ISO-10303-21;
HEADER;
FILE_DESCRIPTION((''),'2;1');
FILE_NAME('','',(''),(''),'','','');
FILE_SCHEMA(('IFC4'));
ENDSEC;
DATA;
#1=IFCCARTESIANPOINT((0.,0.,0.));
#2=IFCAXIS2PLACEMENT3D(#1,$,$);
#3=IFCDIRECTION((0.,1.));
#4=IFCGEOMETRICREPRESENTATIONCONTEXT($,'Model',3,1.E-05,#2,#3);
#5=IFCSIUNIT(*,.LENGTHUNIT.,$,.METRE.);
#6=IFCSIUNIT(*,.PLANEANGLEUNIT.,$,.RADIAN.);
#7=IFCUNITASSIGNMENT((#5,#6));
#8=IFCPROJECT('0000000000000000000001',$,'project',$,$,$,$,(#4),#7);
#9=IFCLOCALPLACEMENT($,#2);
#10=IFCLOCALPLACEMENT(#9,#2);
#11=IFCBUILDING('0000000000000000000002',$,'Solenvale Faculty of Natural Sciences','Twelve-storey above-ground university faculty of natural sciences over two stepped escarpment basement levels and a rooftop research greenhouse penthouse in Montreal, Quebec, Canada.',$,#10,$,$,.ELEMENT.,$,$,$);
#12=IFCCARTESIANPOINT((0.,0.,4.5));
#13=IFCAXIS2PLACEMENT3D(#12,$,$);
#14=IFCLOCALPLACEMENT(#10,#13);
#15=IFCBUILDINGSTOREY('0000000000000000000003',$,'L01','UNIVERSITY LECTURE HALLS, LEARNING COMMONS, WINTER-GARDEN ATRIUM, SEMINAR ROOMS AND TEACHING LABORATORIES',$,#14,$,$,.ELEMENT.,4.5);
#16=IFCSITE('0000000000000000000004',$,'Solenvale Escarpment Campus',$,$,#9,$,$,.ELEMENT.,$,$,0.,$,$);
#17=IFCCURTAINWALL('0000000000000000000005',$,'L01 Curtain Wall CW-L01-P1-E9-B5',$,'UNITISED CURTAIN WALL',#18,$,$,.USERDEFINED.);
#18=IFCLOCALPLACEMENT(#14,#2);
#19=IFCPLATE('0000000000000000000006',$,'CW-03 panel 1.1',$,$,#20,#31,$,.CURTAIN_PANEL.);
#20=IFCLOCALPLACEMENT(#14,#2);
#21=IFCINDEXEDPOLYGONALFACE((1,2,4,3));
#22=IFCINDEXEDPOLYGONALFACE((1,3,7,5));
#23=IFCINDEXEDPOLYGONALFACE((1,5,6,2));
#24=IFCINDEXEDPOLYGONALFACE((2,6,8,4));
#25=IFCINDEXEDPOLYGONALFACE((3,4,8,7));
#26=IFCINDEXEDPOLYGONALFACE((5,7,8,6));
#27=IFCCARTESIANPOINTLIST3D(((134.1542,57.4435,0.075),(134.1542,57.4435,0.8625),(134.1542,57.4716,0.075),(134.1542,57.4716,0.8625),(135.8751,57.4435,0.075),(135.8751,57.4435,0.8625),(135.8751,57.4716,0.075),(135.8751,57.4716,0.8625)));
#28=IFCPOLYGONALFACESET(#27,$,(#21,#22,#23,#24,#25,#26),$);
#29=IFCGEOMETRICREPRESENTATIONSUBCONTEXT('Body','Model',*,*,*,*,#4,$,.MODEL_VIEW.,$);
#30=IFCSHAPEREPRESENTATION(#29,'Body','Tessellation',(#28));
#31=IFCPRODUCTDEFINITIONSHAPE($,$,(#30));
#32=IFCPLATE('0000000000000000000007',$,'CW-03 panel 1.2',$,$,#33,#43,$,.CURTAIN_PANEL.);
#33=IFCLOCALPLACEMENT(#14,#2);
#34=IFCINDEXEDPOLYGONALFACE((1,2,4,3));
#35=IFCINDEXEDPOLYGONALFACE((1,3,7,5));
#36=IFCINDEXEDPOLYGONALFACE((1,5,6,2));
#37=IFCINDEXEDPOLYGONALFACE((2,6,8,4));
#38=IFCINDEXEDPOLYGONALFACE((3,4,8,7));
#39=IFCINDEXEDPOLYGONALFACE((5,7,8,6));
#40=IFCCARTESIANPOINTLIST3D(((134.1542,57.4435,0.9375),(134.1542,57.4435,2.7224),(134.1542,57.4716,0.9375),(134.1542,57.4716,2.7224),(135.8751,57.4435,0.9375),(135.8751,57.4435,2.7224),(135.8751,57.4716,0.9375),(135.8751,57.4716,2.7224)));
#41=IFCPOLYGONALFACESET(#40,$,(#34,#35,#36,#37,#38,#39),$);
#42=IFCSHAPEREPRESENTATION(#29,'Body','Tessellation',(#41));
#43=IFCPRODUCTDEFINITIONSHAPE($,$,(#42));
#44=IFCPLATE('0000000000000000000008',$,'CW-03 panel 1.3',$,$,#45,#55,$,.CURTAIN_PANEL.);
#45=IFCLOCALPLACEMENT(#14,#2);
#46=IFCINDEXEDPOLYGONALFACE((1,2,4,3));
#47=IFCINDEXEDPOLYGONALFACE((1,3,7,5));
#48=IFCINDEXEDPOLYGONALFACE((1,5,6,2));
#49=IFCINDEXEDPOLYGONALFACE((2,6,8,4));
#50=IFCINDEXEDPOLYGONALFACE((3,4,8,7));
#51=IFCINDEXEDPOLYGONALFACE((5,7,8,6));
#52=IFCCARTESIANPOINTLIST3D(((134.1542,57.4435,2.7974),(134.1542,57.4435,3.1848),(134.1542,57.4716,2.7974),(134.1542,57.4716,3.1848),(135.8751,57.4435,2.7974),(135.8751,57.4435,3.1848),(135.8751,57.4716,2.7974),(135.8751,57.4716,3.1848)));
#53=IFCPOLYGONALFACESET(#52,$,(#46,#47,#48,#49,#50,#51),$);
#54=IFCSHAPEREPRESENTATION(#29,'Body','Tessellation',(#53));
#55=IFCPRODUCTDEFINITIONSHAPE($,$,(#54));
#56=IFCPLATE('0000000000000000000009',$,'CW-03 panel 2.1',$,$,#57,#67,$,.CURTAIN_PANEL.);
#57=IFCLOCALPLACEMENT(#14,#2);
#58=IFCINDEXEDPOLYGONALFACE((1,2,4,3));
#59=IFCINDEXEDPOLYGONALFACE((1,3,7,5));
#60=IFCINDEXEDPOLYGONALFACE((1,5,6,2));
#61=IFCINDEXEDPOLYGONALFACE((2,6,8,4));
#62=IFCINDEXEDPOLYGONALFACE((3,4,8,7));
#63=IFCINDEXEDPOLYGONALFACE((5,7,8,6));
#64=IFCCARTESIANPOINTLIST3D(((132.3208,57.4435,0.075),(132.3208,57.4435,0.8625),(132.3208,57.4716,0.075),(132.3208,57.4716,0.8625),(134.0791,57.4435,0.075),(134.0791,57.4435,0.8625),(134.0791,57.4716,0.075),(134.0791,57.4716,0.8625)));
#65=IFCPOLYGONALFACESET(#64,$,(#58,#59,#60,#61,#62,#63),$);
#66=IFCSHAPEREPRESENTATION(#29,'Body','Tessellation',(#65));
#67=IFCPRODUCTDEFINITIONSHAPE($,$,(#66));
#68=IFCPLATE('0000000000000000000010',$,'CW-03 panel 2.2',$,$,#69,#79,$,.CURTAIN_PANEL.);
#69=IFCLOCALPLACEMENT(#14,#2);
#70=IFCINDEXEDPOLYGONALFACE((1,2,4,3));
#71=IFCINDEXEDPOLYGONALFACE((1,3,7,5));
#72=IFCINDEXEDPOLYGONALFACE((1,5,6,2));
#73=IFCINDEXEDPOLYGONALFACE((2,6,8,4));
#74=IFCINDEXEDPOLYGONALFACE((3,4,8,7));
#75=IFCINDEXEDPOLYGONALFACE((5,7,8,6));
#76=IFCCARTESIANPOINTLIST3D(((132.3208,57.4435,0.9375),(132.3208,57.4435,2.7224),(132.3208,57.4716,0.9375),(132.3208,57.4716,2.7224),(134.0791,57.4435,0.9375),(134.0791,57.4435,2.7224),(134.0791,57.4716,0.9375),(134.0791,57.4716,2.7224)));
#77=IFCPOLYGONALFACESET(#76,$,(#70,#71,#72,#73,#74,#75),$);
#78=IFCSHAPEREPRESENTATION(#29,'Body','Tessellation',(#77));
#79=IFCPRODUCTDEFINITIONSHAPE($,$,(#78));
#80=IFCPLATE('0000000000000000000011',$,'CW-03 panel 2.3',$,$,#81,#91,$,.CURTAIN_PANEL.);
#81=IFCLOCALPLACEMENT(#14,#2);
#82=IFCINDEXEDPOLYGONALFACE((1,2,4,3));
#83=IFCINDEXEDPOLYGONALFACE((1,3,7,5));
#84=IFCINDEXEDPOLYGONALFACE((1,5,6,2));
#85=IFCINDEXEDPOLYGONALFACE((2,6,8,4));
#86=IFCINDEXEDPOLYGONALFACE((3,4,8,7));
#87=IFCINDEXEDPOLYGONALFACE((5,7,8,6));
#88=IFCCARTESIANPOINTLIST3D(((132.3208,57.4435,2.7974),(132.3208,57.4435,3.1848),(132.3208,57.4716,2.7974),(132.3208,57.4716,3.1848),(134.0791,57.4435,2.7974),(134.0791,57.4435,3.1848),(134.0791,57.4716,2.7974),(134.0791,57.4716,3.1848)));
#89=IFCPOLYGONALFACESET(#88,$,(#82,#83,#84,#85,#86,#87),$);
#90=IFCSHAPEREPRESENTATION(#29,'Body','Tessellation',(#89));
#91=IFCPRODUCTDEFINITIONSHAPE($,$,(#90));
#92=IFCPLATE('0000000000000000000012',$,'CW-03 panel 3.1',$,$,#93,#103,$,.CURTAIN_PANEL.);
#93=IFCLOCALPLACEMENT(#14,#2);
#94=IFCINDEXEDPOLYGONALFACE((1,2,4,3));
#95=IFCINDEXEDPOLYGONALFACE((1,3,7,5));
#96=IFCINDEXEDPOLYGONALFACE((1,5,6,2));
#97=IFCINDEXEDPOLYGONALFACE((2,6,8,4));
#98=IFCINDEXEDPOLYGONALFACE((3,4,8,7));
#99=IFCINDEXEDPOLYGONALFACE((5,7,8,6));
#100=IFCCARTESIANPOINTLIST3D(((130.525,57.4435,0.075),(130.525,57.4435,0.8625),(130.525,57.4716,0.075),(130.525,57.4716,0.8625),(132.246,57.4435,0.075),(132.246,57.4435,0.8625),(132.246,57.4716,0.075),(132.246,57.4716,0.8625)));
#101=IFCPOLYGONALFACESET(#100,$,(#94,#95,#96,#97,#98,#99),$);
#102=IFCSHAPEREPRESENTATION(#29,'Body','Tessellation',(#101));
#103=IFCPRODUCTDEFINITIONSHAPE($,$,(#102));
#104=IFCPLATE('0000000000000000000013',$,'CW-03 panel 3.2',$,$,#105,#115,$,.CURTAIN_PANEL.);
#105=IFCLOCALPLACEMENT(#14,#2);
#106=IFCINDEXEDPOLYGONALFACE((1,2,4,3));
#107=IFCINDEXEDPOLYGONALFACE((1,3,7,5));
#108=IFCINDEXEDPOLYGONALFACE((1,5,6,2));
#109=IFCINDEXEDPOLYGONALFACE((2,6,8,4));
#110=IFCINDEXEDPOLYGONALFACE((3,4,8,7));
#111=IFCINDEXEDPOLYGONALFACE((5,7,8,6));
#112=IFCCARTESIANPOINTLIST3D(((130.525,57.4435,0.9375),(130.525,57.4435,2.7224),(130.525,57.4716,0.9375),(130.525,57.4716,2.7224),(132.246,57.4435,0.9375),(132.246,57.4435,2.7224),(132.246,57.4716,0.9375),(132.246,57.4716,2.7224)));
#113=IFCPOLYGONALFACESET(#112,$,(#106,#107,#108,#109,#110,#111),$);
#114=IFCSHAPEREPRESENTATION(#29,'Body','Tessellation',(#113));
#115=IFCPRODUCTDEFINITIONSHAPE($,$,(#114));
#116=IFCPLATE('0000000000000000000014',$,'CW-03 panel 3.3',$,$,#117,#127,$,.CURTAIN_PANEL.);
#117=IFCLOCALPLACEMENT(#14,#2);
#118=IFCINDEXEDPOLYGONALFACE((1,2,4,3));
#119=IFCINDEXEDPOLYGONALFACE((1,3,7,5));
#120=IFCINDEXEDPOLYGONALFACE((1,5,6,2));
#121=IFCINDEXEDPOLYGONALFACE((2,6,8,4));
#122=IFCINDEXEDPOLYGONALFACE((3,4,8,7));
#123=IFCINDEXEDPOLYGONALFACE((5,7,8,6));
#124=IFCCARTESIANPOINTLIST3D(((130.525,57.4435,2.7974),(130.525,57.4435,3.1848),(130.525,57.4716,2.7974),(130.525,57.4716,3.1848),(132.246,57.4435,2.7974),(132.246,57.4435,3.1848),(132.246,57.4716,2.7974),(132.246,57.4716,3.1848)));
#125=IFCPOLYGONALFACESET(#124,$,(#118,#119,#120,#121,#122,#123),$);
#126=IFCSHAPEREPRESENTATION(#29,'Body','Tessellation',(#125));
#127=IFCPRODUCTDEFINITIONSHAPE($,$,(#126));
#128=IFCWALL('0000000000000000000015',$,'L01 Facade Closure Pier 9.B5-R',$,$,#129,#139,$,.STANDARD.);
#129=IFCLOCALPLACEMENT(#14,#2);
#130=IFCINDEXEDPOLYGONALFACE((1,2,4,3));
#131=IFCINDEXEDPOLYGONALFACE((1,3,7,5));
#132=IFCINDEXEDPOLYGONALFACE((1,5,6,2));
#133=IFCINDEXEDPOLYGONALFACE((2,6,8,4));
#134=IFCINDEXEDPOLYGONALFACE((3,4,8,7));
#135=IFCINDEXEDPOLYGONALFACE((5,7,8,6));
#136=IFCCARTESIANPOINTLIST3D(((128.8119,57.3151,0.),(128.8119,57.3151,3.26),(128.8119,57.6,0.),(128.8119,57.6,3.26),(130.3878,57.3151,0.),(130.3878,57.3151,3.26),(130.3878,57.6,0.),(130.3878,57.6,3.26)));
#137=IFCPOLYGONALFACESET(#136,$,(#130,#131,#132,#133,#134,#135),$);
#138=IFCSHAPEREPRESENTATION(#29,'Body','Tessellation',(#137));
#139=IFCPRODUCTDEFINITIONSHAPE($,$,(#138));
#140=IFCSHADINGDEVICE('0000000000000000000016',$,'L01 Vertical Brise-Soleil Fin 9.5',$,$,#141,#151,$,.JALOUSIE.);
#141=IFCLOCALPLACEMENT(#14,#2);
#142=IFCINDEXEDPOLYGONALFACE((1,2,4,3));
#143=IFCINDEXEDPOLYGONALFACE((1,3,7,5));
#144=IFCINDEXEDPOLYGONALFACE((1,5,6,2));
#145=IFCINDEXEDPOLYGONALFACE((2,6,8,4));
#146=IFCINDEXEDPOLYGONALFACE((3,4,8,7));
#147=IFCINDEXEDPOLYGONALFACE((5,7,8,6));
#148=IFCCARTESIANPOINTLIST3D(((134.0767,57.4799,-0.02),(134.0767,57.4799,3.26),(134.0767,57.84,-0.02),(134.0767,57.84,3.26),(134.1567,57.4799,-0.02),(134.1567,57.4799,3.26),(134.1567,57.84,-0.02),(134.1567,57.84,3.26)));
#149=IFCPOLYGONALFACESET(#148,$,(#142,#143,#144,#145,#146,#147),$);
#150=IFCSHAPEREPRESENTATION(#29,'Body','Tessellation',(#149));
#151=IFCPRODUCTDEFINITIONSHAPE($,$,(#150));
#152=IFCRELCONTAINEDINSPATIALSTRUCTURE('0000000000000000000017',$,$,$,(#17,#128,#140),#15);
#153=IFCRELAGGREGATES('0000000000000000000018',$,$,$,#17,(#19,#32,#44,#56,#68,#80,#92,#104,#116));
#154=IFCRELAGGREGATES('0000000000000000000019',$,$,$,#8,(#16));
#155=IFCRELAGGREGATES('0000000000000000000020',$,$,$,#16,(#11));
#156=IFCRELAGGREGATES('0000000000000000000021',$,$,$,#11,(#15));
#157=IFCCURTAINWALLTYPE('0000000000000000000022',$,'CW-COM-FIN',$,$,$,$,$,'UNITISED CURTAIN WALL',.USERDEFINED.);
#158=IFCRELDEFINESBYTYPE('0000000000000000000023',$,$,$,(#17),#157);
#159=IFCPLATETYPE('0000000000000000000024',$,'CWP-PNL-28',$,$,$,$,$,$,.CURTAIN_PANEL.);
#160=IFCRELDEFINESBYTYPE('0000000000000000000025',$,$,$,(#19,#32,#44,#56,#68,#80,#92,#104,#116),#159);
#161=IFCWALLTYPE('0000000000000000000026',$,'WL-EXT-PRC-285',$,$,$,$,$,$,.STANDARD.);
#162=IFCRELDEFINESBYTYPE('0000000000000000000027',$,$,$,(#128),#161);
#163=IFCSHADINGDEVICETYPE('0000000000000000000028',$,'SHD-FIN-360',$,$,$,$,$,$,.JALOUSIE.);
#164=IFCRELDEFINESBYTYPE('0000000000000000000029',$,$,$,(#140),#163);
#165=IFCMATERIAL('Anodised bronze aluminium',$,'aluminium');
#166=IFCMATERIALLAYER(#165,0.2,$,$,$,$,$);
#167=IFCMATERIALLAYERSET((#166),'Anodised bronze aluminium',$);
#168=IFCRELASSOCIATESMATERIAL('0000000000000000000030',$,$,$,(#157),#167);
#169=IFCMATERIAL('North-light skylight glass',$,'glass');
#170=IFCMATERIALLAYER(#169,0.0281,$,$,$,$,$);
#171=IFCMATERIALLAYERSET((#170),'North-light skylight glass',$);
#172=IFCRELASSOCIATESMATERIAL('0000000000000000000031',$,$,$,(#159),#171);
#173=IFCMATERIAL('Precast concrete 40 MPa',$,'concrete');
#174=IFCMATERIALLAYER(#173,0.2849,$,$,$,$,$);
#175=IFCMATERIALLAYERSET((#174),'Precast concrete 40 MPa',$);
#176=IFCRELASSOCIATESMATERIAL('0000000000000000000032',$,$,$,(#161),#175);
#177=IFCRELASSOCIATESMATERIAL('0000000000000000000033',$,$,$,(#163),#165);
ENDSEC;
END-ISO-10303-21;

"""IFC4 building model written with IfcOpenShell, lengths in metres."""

from ifc_helpers import new_model, si_unit, direction, frame, frame_2d, origin, origin_2d, place, context, subcontext, project, spatial, rectangle, extrude, material, layer, layer_set, material_profile, profile_set, type_object, element, aggregate, save


model = new_model("IFC4")

# Units and contexts
model_context = context("Model", 3, precision=1e-05, world=origin(), true_north=direction((0.0, 1.0)))
body_context = subcontext(model_context, "Body", "Model", "MODEL_VIEW")
ifc_project = project(units=[si_unit("LENGTHUNIT", "METRE"), si_unit("PLANEANGLEUNIT", "RADIAN")], contexts=[model_context])

# Site, building, storey
site_placement = place(None, origin())
site = spatial("IfcSite", under=ifc_project, at=site_placement, Name="Solenvale Escarpment Campus", CompositionType="ELEMENT", RefElevation=0.0)
building_placement = place(site_placement, origin())
building = spatial("IfcBuilding", under=site, at=building_placement, Name="Solenvale Faculty of Natural Sciences", Description="Twelve-storey above-ground university faculty of natural sciences over two stepped escarpment basement levels and a rooftop research greenhouse penthouse in Montreal, Quebec, Canada.", CompositionType="ELEMENT")
storey_placement = place(building_placement, frame((0.0, 0.0, 4.5)))
storey = spatial("IfcBuildingStorey", under=building, at=storey_placement, Name="L01", Description="UNIVERSITY LECTURE HALLS, LEARNING COMMONS, WINTER-GARDEN ATRIUM, SEMINAR ROOMS AND TEACHING LABORATORIES", CompositionType="ELEMENT", Elevation=4.5)

# Curtain wall
ifc_material_1 = material(Name="Anodised bronze aluminium", Category="aluminium")
ifc_layer_1 = layer(ifc_material_1, 0.2)
ifc_layer_set_1 = layer_set([ifc_layer_1], Name="Anodised bronze aluminium")
curtain_wall_type = type_object("IfcCurtainWallType", Name="CW-COM-FIN", ElementType="UNITISED CURTAIN WALL", PredefinedType="USERDEFINED", material=ifc_layer_set_1)
curtain_wall_1_placement = place(storey_placement, origin())
curtain_wall_1 = element("IfcCurtainWall", 1, at=curtain_wall_1_placement, inside=storey, type_object=curtain_wall_type, Name="L01 Curtain Wall CW-L01-P1-E9-B5", ObjectType="UNITISED CURTAIN WALL", PredefinedType="USERDEFINED")

# Plates
ifc_material_2 = material(Name="North-light skylight glass", Category="glass")
ifc_layer_2 = layer(ifc_material_2, 0.0281)
ifc_layer_set_2 = layer_set([ifc_layer_2], Name="North-light skylight glass")
plate_type = type_object("IfcPlateType", Name="CWP-PNL-28", PredefinedType="CURTAIN_PANEL", material=ifc_layer_set_2)
plate_1_placement = place(storey_placement, frame((135.0146, 57.4575, 0.075), z_axis=(0.0, 0.0, 1.0), x_axis=(-1.0, 0.0, 0.0)))
plate_1 = element("IfcPlate", 2, at=plate_1_placement, type_object=plate_type, Name="CW-03 panel 1.1", PredefinedType="CURTAIN_PANEL", context=body_context, shape_type="SweptSolid", body=[
    extrude(rectangle(XDim=1.7209, YDim=0.0281, at=origin_2d()), origin(), (0.0, 0.0, 1.0), 0.7876),
])
plate_2_placement = place(storey_placement, frame((135.0146, 57.4575, 0.9375), z_axis=(0.0, 0.0, 1.0), x_axis=(-1.0, 0.0, 0.0)))
plate_2 = element("IfcPlate", 3, at=plate_2_placement, type_object=plate_type, Name="CW-03 panel 1.2", PredefinedType="CURTAIN_PANEL", context=body_context, shape_type="SweptSolid", body=[
    extrude(rectangle(XDim=1.7209, YDim=0.0281, at=origin_2d()), origin(), (0.0, 0.0, 1.0), 1.7849),
])
plate_3_placement = place(storey_placement, frame((135.0146, 57.4575, 2.7974), z_axis=(0.0, 0.0, 1.0), x_axis=(-1.0, 0.0, 0.0)))
plate_3 = element("IfcPlate", 4, at=plate_3_placement, type_object=plate_type, Name="CW-03 panel 1.3", PredefinedType="CURTAIN_PANEL", context=body_context, shape_type="SweptSolid", body=[
    extrude(rectangle(XDim=1.7209, YDim=0.0281, at=origin_2d()), origin(), (0.0, 0.0, 1.0), 0.3875),
])
plate_4_placement = place(storey_placement, frame((133.2, 57.4575, 0.075), z_axis=(0.0, 0.0, 1.0), x_axis=(-1.0, 0.0, 0.0)))
plate_4 = element("IfcPlate", 5, at=plate_4_placement, type_object=plate_type, Name="CW-03 panel 2.1", PredefinedType="CURTAIN_PANEL", context=body_context, shape_type="SweptSolid", body=[
    extrude(rectangle(XDim=1.7583, YDim=0.0281, at=origin_2d()), origin(), (0.0, 0.0, 1.0), 0.7876),
])
plate_5_placement = place(storey_placement, frame((133.2, 57.4575, 0.9375), z_axis=(0.0, 0.0, 1.0), x_axis=(-1.0, 0.0, 0.0)))
plate_5 = element("IfcPlate", 6, at=plate_5_placement, type_object=plate_type, Name="CW-03 panel 2.2", PredefinedType="CURTAIN_PANEL", context=body_context, shape_type="SweptSolid", body=[
    extrude(rectangle(XDim=1.7583, YDim=0.0281, at=origin_2d()), origin(), (0.0, 0.0, 1.0), 1.7849),
])
plate_6_placement = place(storey_placement, frame((133.2, 57.4575, 2.7974), z_axis=(0.0, 0.0, 1.0), x_axis=(-1.0, 0.0, 0.0)))
plate_6 = element("IfcPlate", 7, at=plate_6_placement, type_object=plate_type, Name="CW-03 panel 2.3", PredefinedType="CURTAIN_PANEL", context=body_context, shape_type="SweptSolid", body=[
    extrude(rectangle(XDim=1.7583, YDim=0.0281, at=origin_2d()), origin(), (0.0, 0.0, 1.0), 0.3875),
])
plate_7_placement = place(storey_placement, frame((131.3855, 57.4575, 0.075), z_axis=(0.0, 0.0, 1.0), x_axis=(-1.0, 0.0, 0.0)))
plate_7 = element("IfcPlate", 8, at=plate_7_placement, type_object=plate_type, Name="CW-03 panel 3.1", PredefinedType="CURTAIN_PANEL", context=body_context, shape_type="SweptSolid", body=[
    extrude(rectangle(XDim=1.7209, YDim=0.0281, at=origin_2d()), origin(), (0.0, 0.0, 1.0), 0.7876),
])
plate_8_placement = place(storey_placement, frame((131.3855, 57.4575, 0.9375), z_axis=(0.0, 0.0, 1.0), x_axis=(-1.0, 0.0, 0.0)))
plate_8 = element("IfcPlate", 9, at=plate_8_placement, type_object=plate_type, Name="CW-03 panel 3.2", PredefinedType="CURTAIN_PANEL", context=body_context, shape_type="SweptSolid", body=[
    extrude(rectangle(XDim=1.7209, YDim=0.0281, at=origin_2d()), origin(), (0.0, 0.0, 1.0), 1.7849),
])
plate_9_placement = place(storey_placement, frame((131.3855, 57.4575, 2.7974), z_axis=(0.0, 0.0, 1.0), x_axis=(-1.0, 0.0, 0.0)))
plate_9 = element("IfcPlate", 10, at=plate_9_placement, type_object=plate_type, Name="CW-03 panel 3.3", PredefinedType="CURTAIN_PANEL", context=body_context, shape_type="SweptSolid", body=[
    extrude(rectangle(XDim=1.7209, YDim=0.0281, at=origin_2d()), origin(), (0.0, 0.0, 1.0), 0.3875),
])
aggregate(curtain_wall_1, [plate_1, plate_2, plate_3, plate_4, plate_5, plate_6, plate_7, plate_8, plate_9])

# Wall
ifc_material_3 = material(Name="Precast concrete 40 MPa", Category="concrete")
ifc_layer_3 = layer(ifc_material_3, 0.2849)
ifc_layer_set_3 = layer_set([ifc_layer_3], Name="Precast concrete 40 MPa")
wall_type = type_object("IfcWallType", Name="WL-EXT-PRC-285", PredefinedType="STANDARD", material=ifc_layer_set_3)
wall_placement = place(storey_placement, frame((130.3879, 57.4575, 0.0), z_axis=(0.0, 0.0, 1.0), x_axis=(-1.0, 0.0, 0.0)))
element("IfcWall", 11, at=wall_placement, inside=storey, type_object=wall_type, Name="L01 Facade Closure Pier 9.B5-R", PredefinedType="STANDARD", context=body_context, shape_type="SweptSolid", body=[
    extrude(rectangle(XDim=1.5759, YDim=0.2849, at=frame_2d((0.7881, 0.0))), origin(), (0.0, 0.0, 1.0), 3.26),
])

# Shading device
ifc_material_profile_1 = material_profile(ifc_material_1, rectangle(XDim=0.0801, YDim=0.3601, at=origin_2d()), Name="ALU-FIN-80x360")
ifc_profile_set_1 = profile_set([ifc_material_profile_1], Name="Anodised bronze aluminium")
shading_device_type = type_object("IfcShadingDeviceType", Name="SHD-FIN-360", PredefinedType="JALOUSIE", material=ifc_profile_set_1)
shading_device_placement = place(storey_placement, frame((134.1167, 57.6599, -0.02), z_axis=(0.0, 0.0, 1.0), x_axis=(1.0, 0.0, 0.0)))
element("IfcShadingDevice", 12, at=shading_device_placement, inside=storey, type_object=shading_device_type, Name="L01 Vertical Brise-Soleil Fin 9.5", PredefinedType="JALOUSIE", context=body_context, shape_type="SweptSolid", body=[
    extrude(rectangle(XDim=0.0801, YDim=0.3601, at=origin_2d()), origin(), (0.0, 0.0, 1.0), 3.28),
])

save(model, "model.ifc")
